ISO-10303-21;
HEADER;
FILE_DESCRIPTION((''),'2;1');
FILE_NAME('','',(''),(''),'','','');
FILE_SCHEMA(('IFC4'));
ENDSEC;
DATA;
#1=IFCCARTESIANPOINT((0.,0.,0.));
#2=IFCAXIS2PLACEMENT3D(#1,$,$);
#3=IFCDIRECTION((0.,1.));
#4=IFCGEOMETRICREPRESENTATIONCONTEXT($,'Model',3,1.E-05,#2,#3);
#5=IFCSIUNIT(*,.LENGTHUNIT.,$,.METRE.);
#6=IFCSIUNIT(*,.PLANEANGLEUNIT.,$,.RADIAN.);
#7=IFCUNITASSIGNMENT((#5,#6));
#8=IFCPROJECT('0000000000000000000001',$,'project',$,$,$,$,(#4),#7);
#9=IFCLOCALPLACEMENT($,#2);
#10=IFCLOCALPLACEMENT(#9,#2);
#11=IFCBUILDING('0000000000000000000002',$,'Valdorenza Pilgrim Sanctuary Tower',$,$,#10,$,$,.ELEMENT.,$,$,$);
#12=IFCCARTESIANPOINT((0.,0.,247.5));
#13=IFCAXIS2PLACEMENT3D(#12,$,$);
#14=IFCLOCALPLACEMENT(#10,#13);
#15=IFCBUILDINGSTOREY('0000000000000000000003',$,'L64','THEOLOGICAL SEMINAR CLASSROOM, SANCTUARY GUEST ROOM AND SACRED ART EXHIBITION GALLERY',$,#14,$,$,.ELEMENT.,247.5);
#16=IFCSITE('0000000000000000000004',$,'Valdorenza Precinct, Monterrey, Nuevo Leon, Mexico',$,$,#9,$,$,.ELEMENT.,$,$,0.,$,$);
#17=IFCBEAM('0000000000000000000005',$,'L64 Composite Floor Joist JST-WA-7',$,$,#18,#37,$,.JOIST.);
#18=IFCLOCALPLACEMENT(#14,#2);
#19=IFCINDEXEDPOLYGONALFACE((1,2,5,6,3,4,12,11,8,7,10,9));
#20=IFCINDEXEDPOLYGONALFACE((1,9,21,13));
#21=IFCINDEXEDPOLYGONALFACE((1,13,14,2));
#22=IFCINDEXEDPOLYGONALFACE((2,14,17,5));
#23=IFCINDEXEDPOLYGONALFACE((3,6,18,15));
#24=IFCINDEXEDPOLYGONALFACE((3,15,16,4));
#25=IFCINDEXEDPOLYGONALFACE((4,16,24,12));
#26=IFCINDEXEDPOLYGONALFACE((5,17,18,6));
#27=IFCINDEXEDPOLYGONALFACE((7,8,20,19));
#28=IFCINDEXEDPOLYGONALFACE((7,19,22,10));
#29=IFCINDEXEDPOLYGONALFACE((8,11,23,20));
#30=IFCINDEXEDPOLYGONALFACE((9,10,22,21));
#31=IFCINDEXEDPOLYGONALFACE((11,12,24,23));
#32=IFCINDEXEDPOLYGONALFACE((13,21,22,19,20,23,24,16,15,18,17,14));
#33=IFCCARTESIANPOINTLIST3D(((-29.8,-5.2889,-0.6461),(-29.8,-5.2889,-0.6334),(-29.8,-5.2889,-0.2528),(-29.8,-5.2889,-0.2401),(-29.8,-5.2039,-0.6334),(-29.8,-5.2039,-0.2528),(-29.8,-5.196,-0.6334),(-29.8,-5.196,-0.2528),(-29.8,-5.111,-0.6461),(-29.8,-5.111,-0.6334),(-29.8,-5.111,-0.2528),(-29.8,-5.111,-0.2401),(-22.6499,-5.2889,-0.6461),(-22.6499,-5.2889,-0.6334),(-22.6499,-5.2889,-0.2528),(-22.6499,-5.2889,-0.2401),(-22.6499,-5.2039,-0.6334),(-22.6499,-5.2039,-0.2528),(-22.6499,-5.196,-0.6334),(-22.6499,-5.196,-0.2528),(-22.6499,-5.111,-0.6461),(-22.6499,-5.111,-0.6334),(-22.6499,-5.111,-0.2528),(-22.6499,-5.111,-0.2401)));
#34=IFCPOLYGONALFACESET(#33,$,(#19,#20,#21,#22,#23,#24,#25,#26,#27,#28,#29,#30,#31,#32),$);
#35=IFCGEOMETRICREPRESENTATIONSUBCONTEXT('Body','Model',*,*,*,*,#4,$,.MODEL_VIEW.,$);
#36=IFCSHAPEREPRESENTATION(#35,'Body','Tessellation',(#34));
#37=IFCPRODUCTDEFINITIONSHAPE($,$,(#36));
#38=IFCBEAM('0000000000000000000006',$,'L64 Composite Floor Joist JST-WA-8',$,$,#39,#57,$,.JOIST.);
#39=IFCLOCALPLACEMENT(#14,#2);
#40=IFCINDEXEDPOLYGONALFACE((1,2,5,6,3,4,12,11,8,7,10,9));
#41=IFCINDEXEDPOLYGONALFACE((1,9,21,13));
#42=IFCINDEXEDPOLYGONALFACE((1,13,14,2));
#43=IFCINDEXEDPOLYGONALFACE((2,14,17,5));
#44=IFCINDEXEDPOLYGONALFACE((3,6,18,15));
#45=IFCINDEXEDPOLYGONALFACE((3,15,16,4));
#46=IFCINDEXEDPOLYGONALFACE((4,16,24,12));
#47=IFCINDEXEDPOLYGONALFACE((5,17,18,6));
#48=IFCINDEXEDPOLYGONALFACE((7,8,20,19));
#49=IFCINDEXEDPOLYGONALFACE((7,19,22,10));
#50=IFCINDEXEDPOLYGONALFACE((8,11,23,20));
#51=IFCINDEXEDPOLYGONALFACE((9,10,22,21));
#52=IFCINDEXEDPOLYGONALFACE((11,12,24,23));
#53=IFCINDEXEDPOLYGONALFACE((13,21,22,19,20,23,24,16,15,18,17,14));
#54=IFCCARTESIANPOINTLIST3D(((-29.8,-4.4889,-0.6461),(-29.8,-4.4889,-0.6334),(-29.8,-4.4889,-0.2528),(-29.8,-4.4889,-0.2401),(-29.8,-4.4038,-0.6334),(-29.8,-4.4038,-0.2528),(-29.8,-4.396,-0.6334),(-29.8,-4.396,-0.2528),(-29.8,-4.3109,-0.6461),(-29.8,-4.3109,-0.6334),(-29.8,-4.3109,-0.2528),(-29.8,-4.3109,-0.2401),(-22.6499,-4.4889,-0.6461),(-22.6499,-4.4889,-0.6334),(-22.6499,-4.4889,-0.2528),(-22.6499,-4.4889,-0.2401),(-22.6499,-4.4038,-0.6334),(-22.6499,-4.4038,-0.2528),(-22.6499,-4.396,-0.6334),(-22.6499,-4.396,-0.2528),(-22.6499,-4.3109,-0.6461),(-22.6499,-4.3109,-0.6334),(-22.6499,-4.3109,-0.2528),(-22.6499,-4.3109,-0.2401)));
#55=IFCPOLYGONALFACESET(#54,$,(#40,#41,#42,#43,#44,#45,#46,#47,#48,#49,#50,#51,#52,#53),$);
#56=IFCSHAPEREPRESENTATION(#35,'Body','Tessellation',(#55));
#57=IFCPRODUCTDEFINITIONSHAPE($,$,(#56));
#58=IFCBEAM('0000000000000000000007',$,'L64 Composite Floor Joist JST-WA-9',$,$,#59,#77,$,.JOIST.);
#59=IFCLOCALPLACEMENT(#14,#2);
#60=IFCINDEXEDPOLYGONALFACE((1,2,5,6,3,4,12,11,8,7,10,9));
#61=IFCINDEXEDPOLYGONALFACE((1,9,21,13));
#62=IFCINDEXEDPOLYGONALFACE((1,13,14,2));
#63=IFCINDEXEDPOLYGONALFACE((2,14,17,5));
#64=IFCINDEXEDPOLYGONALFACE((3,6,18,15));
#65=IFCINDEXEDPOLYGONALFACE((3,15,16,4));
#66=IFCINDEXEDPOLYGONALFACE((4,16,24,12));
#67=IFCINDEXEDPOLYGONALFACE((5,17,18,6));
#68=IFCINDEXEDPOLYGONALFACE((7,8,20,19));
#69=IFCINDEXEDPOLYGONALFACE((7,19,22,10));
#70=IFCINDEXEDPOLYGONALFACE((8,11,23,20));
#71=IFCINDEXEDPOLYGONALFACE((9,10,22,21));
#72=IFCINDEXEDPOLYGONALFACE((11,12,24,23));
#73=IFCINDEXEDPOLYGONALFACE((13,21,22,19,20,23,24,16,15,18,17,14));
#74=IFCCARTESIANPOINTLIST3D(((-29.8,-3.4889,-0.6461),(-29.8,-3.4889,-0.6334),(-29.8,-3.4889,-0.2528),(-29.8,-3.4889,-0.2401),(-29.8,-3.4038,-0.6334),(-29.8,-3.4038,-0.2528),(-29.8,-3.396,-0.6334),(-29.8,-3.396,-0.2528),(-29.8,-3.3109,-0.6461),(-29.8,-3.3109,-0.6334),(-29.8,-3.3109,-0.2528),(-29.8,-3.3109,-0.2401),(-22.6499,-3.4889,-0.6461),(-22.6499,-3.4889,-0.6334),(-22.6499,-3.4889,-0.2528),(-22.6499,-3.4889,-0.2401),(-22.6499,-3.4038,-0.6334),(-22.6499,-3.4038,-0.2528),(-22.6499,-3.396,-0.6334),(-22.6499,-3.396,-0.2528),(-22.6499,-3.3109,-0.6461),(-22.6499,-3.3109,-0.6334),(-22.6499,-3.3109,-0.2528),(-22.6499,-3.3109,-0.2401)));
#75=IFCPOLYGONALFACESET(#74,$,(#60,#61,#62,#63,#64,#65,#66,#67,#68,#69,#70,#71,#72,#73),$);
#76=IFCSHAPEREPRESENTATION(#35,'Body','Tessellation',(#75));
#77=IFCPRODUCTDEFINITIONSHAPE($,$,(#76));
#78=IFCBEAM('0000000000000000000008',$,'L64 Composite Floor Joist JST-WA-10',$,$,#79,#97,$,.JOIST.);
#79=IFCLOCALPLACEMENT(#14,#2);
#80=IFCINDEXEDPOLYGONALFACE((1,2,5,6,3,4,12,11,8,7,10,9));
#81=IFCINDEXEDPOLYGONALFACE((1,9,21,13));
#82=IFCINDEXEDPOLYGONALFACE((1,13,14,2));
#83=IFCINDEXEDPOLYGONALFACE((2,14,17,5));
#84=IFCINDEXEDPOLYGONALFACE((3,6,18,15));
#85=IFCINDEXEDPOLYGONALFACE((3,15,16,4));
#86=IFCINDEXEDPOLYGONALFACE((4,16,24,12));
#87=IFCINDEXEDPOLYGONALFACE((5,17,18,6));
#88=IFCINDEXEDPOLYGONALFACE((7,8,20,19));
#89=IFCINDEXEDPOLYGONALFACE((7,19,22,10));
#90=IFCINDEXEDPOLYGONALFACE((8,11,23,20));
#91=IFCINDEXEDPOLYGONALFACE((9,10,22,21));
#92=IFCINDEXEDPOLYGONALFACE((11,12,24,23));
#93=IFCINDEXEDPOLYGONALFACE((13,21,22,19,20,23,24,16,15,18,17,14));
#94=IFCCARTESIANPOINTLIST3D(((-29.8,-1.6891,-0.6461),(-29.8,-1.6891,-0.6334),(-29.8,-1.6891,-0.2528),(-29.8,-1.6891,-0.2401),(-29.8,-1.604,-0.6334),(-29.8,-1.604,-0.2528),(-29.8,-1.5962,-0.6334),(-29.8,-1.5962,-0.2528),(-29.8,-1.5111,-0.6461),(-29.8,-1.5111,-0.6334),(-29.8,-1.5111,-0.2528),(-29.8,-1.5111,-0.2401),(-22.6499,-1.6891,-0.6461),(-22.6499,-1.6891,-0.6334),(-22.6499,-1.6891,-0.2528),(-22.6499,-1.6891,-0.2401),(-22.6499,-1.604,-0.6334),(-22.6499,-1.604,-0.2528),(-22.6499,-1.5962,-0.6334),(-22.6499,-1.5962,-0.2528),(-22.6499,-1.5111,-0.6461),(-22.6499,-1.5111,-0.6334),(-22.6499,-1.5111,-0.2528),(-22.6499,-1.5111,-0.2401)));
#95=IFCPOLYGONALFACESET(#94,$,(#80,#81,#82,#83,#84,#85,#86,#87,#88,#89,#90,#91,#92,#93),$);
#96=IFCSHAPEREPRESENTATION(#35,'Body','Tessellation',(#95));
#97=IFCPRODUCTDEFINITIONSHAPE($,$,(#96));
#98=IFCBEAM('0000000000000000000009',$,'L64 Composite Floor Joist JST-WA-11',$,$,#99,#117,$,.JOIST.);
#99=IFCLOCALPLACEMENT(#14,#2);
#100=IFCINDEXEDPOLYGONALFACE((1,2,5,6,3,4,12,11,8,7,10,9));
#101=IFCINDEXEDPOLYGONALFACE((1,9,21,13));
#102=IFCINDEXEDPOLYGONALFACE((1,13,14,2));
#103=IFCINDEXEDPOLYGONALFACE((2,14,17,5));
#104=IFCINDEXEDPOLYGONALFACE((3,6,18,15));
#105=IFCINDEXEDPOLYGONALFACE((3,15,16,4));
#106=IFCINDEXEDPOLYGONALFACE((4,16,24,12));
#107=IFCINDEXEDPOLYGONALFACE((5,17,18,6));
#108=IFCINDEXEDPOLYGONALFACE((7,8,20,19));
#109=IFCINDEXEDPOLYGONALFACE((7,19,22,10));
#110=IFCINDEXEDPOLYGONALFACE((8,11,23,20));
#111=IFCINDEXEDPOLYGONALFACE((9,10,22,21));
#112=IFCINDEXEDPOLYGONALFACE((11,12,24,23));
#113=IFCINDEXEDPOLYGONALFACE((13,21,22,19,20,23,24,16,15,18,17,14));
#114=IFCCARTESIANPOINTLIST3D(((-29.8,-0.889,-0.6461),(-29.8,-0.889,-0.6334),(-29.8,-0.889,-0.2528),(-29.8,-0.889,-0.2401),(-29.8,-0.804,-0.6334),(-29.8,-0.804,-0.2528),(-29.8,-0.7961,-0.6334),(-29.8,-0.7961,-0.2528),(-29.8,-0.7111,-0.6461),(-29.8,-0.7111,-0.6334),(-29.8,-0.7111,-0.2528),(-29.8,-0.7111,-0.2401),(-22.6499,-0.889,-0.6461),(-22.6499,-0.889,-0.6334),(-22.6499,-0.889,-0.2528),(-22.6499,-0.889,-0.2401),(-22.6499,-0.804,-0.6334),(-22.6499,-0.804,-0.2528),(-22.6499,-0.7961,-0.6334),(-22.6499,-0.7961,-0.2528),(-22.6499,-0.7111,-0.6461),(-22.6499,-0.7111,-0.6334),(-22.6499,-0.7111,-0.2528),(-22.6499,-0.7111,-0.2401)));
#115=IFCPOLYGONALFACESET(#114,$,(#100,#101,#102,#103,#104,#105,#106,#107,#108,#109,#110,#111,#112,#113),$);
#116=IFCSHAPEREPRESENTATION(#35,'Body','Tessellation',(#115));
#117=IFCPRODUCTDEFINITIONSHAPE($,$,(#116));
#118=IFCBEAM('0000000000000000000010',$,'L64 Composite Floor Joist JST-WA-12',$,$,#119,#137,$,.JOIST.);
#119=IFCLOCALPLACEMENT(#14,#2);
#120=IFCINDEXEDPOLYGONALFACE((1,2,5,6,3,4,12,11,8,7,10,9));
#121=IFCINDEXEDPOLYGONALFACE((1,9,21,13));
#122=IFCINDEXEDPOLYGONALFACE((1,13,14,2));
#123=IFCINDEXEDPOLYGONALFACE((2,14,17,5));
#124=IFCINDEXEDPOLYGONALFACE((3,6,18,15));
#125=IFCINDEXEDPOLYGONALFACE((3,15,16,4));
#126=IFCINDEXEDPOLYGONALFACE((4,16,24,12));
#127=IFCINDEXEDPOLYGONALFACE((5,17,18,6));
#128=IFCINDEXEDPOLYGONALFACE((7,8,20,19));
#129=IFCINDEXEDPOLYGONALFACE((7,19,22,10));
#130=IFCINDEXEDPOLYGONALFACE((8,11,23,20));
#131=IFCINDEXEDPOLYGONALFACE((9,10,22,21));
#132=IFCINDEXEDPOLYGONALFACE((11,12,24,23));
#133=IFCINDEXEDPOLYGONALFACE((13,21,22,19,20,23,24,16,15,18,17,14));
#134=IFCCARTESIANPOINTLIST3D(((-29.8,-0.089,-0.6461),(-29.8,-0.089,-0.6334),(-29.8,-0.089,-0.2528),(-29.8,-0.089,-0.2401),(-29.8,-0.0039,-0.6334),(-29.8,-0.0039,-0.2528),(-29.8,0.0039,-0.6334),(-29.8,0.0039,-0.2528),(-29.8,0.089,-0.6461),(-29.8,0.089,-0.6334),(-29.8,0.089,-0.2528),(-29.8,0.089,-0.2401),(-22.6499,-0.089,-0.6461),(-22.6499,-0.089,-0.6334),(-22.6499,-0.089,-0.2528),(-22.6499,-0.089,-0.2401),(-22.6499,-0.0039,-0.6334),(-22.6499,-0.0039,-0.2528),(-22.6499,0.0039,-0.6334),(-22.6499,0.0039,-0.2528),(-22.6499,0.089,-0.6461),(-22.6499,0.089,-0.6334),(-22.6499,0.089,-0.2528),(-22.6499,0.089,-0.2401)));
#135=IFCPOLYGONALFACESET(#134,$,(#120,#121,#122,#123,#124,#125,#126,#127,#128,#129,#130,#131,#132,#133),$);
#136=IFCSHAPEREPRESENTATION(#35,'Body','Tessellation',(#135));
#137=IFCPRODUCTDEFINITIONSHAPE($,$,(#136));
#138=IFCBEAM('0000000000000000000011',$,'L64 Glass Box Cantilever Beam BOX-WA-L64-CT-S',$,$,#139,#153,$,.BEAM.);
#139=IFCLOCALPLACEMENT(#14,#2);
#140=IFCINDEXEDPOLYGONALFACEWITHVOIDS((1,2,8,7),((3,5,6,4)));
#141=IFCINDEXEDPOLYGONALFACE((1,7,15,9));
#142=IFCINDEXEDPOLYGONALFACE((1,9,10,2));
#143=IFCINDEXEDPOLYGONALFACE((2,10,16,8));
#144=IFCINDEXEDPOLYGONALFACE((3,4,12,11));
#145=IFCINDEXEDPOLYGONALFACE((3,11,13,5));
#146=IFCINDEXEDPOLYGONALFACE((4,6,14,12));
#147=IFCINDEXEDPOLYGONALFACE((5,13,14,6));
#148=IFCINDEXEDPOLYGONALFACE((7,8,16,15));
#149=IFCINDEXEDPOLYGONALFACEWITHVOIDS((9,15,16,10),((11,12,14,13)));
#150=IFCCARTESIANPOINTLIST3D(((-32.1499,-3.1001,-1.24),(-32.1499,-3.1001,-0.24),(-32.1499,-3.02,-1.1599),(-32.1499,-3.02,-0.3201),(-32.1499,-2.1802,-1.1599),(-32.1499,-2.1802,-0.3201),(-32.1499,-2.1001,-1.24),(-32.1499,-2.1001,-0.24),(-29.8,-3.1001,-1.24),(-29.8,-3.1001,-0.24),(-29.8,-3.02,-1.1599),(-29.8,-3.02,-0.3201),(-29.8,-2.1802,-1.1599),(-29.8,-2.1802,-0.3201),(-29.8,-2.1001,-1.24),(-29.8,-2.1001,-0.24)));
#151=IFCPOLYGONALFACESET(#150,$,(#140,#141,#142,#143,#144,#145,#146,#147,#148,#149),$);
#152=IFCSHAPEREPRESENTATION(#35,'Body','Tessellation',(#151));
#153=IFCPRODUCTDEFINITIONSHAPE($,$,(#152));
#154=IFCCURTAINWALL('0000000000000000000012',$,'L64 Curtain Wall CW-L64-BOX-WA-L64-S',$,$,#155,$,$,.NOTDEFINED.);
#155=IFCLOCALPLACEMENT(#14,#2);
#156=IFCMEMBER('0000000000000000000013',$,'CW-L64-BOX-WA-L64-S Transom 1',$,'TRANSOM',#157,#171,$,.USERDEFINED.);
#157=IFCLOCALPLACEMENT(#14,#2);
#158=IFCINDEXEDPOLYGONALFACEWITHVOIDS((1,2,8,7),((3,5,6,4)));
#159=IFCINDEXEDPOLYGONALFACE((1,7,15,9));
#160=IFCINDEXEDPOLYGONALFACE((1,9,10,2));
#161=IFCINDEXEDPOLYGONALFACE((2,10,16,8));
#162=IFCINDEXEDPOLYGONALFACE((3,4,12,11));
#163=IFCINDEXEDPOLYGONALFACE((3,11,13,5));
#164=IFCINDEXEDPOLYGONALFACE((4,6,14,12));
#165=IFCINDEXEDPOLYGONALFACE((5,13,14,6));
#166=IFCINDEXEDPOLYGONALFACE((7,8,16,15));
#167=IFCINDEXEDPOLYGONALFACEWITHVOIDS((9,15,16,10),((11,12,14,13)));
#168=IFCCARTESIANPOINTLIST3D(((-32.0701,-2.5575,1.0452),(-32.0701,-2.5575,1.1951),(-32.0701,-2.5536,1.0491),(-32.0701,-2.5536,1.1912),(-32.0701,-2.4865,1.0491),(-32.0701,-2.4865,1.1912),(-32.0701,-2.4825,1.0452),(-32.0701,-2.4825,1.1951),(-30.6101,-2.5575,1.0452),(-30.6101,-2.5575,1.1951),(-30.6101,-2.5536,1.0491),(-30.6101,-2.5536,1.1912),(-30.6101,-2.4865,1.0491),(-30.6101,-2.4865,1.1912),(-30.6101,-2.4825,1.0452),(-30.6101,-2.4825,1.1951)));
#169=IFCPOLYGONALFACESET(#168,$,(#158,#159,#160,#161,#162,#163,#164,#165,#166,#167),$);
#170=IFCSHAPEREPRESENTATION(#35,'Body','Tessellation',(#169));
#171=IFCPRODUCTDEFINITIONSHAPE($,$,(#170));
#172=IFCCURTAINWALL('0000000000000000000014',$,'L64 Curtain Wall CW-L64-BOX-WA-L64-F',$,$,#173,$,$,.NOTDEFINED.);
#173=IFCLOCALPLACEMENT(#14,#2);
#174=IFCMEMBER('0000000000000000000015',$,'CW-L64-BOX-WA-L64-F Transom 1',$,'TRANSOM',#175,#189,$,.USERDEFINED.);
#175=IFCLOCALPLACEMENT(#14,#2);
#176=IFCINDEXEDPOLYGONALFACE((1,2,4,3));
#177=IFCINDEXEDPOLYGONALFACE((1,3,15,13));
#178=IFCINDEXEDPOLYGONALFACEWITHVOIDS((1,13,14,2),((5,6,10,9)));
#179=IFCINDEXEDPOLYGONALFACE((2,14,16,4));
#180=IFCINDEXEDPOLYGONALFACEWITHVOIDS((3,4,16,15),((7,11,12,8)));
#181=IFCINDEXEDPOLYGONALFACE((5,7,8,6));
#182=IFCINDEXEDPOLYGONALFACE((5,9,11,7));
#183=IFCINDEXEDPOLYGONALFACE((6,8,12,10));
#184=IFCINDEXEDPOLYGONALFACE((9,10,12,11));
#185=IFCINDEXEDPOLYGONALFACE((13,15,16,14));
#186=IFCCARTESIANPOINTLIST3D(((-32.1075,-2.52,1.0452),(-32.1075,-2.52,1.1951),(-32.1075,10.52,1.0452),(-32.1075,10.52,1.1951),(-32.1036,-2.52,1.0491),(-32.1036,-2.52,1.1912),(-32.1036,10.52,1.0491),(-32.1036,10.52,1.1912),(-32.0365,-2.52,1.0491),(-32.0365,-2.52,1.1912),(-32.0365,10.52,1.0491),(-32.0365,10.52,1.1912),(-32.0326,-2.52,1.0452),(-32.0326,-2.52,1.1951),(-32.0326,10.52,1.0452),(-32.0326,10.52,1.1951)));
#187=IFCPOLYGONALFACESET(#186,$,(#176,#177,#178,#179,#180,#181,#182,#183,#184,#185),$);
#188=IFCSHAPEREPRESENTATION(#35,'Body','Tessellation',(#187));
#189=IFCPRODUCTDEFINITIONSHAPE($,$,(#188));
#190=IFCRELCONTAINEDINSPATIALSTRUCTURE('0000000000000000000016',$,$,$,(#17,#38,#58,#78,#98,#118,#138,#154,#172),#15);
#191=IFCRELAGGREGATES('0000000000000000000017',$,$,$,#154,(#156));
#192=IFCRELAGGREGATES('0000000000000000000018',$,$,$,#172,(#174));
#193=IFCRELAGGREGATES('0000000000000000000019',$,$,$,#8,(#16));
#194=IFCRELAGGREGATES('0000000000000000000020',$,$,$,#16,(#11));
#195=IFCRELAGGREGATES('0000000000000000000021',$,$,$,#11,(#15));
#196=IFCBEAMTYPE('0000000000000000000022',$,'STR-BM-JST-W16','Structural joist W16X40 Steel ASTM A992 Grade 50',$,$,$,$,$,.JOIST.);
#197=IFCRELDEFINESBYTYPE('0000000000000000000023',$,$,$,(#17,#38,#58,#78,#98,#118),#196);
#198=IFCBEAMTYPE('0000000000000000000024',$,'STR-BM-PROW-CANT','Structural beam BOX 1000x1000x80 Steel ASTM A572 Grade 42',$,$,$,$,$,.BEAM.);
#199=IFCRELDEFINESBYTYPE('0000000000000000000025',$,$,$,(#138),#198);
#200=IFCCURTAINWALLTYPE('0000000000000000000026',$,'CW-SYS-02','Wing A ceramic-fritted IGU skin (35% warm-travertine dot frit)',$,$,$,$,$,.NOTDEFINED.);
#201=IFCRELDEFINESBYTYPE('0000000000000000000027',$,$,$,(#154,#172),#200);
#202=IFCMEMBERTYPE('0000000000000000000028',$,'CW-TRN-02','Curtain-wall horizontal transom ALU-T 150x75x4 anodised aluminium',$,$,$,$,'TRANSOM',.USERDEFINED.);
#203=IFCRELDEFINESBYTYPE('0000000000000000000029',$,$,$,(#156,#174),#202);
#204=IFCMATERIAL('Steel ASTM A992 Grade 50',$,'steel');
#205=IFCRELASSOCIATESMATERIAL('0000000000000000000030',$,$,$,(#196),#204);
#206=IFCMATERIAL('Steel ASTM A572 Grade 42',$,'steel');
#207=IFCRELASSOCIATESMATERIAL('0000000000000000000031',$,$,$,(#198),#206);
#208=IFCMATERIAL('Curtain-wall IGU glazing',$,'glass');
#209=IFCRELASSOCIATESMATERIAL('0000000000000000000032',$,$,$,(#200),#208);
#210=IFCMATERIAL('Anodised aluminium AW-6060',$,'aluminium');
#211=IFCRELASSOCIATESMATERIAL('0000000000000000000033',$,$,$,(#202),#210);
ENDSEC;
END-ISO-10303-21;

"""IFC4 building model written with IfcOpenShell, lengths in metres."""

from ifc_helpers import new_model, si_unit, direction, frame, origin, origin_2d, place, context, subcontext, project, spatial, hollow_rectangle, i_section, extrude, source, transform, mapped, material, material_profile, profile_set, type_object, element, aggregate, save


model = new_model("IFC4")

# Units and contexts
model_context = context("Model", 3, precision=1e-05, world=origin(), true_north=direction((0.0, 1.0)))
body_context = subcontext(model_context, "Body", "Model", "MODEL_VIEW")
ifc_project = project(units=[si_unit("LENGTHUNIT", "METRE"), si_unit("PLANEANGLEUNIT", "RADIAN")], contexts=[model_context])

# Site, building, storey
site_placement = place(None, origin())
site = spatial("IfcSite", under=ifc_project, at=site_placement, Name="Valdorenza Precinct, Monterrey, Nuevo Leon, Mexico", CompositionType="ELEMENT", RefElevation=0.0)
building_placement = place(site_placement, origin())
building = spatial("IfcBuilding", under=site, at=building_placement, Name="Valdorenza Pilgrim Sanctuary Tower", CompositionType="ELEMENT")
storey_placement = place(building_placement, frame((0.0, 0.0, 247.5)))
storey = spatial("IfcBuildingStorey", under=building, at=storey_placement, Name="L64", Description="THEOLOGICAL SEMINAR CLASSROOM, SANCTUARY GUEST ROOM AND SACRED ART EXHIBITION GALLERY", CompositionType="ELEMENT", Elevation=247.5)

# Beams
ifc_material_1 = material(Name="Steel ASTM A992 Grade 50", Category="steel")
ifc_material_profile_1 = material_profile(ifc_material_1, i_section(OverallWidth=0.178, OverallDepth=0.406, WebThickness=0.0078, FlangeThickness=0.0127, at=origin_2d()), Name="W16X40")
ifc_profile_set_1 = profile_set([ifc_material_profile_1], Name="Steel ASTM A992 Grade 50")
beam_type_1 = type_object("IfcBeamType", Name="STR-BM-JST-W16", Description="Structural joist W16X40 Steel ASTM A992 Grade 50", PredefinedType="JOIST", material=ifc_profile_set_1)
shared_shape_1 = source(origin(), body_context, "Body", "SweptSolid", [
    extrude(i_section(OverallWidth=0.178, OverallDepth=0.406, WebThickness=0.0078, FlangeThickness=0.0127, at=origin_2d()), origin(), (0.0, 0.0, 1.0), 7.1501),
])
for number, where, z_axis, x_axis, name in (
    (1, (-29.8, -5.2, -0.4431), (1.0, 0.0, 0.0), (0.0, 1.0, 0.0), "L64 Composite Floor Joist JST-WA-7"),
    (2, (-29.8, -4.3999, -0.4431), (1.0, 0.0, 0.0), (0.0, 1.0, 0.0), "L64 Composite Floor Joist JST-WA-8"),
    (3, (-29.8, -3.3999, -0.4431), (1.0, 0.0, 0.0), (0.0, 1.0, 0.0), "L64 Composite Floor Joist JST-WA-9"),
    (4, (-29.8, -1.6001, -0.4431), (1.0, 0.0, 0.0), (0.0, 1.0, 0.0), "L64 Composite Floor Joist JST-WA-10"),
    (5, (-29.8, -0.8, -0.4431), (1.0, 0.0, 0.0), (0.0, 1.0, 0.0), "L64 Composite Floor Joist JST-WA-11"),
    (6, (-29.8, 0.0, -0.4431), (1.0, 0.0, 0.0), (0.0, 1.0, 0.0), "L64 Composite Floor Joist JST-WA-12"),
):
    element("IfcBeam", number, at=place(storey_placement, frame(where, z_axis=z_axis, x_axis=x_axis)), inside=storey, type_object=beam_type_1, Name=name, PredefinedType="JOIST", context=body_context, shape_type="MappedRepresentation", body=[
        mapped(shared_shape_1, transform((0.0, 0.0, 0.0), x_axis=(1.0, 0.0, 0.0), y_axis=(0.0, 1.0, 0.0), z_axis=(0.0, 0.0, 1.0), scale=1.0)),
    ])
ifc_material_2 = material(Name="Steel ASTM A572 Grade 42", Category="steel")
ifc_material_profile_2 = material_profile(ifc_material_2, hollow_rectangle(XDim=1.0, YDim=1.0, WallThickness=0.0801, at=origin_2d()), Name="BOX 1000x1000x80")
ifc_profile_set_2 = profile_set([ifc_material_profile_2], Name="Steel ASTM A572 Grade 42")
beam_type_2 = type_object("IfcBeamType", Name="STR-BM-PROW-CANT", Description="Structural beam BOX 1000x1000x80 Steel ASTM A572 Grade 42", PredefinedType="BEAM", material=ifc_profile_set_2)
shared_shape_2 = source(origin(), body_context, "Body", "SweptSolid", [
    extrude(hollow_rectangle(XDim=1.0, YDim=1.0, WallThickness=0.0801, at=origin_2d()), origin(), (0.0, 0.0, 1.0), 2.3499),
])
beam_1_placement = place(storey_placement, frame((-29.8, -2.6001, -0.74), z_axis=(-1.0, 0.0, 0.0), x_axis=(0.0, -1.0, 0.0)))
element("IfcBeam", 7, at=beam_1_placement, inside=storey, type_object=beam_type_2, Name="L64 Glass Box Cantilever Beam BOX-WA-L64-CT-S", PredefinedType="BEAM", context=body_context, shape_type="MappedRepresentation", body=[
    mapped(shared_shape_2, transform((0.0, 0.0, 0.0), x_axis=(1.0, 0.0, 0.0), y_axis=(0.0, 1.0, 0.0), z_axis=(0.0, 0.0, 1.0), scale=1.0)),
])

# Curtain walls, members
ifc_material_3 = material(Name="Curtain-wall IGU glazing", Category="glass")
curtain_wall_type = type_object("IfcCurtainWallType", Name="CW-SYS-02", Description="Wing A ceramic-fritted IGU skin (35% warm-travertine dot frit)", PredefinedType="NOTDEFINED", material=ifc_material_3)
curtain_wall_1_placement = place(storey_placement, origin())
curtain_wall_1 = element("IfcCurtainWall", 8, at=curtain_wall_1_placement, inside=storey, type_object=curtain_wall_type, Name="L64 Curtain Wall CW-L64-BOX-WA-L64-S", PredefinedType="NOTDEFINED")
ifc_material_4 = material(Name="Anodised aluminium AW-6060", Category="aluminium")
ifc_material_profile_3 = material_profile(ifc_material_4, hollow_rectangle(XDim=0.075, YDim=0.1499, WallThickness=0.0039, at=origin_2d()), Name="ALU-T 150x75x4")
ifc_profile_set_3 = profile_set([ifc_material_profile_3], Name="Anodised aluminium AW-6060")
member_type_1 = type_object("IfcMemberType", Name="CW-TRN-02", Description="Curtain-wall horizontal transom ALU-T 150x75x4 anodised aluminium", ElementType="TRANSOM", PredefinedType="USERDEFINED", material=ifc_profile_set_3)
shared_shape_3 = source(origin(), body_context, "Body", "SweptSolid", [
    extrude(hollow_rectangle(XDim=0.075, YDim=0.1499, WallThickness=0.0039, at=origin_2d()), origin(), (0.0, 0.0, 1.0), 1.46),
])
member_1_placement = place(storey_placement, frame((-30.6101, -2.52, 1.1201), z_axis=(-1.0, 0.0, 0.0), x_axis=(0.0, -1.0, 0.0)))
member_1 = element("IfcMember", 9, at=member_1_placement, type_object=member_type_1, Name="CW-L64-BOX-WA-L64-S Transom 1", ObjectType="TRANSOM", PredefinedType="USERDEFINED", context=body_context, shape_type="MappedRepresentation", body=[
    mapped(shared_shape_3, transform((0.0, 0.0, 0.0), x_axis=(1.0, 0.0, 0.0), y_axis=(0.0, 1.0, 0.0), z_axis=(0.0, 0.0, 1.0), scale=1.0)),
])
curtain_wall_2_placement = place(storey_placement, origin())
curtain_wall_2 = element("IfcCurtainWall", 10, at=curtain_wall_2_placement, inside=storey, type_object=curtain_wall_type, Name="L64 Curtain Wall CW-L64-BOX-WA-L64-F", PredefinedType="NOTDEFINED")
shared_shape_4 = source(origin(), body_context, "Body", "SweptSolid", [
    extrude(hollow_rectangle(XDim=0.075, YDim=0.1499, WallThickness=0.0039, at=origin_2d()), origin(), (0.0, 0.0, 1.0), 13.04),
])
member_2_placement = place(storey_placement, frame((-32.0701, -2.52, 1.1201), z_axis=(0.0, 1.0, 0.0), x_axis=(-1.0, 0.0, 0.0)))
member_2 = element("IfcMember", 11, at=member_2_placement, type_object=member_type_1, Name="CW-L64-BOX-WA-L64-F Transom 1", ObjectType="TRANSOM", PredefinedType="USERDEFINED", context=body_context, shape_type="MappedRepresentation", body=[
    mapped(shared_shape_4, transform((0.0, 0.0, 0.0), x_axis=(1.0, 0.0, 0.0), y_axis=(0.0, 1.0, 0.0), z_axis=(0.0, 0.0, 1.0), scale=1.0)),
])

aggregate(curtain_wall_1, [member_1])
aggregate(curtain_wall_2, [member_2])

save(model, "model.ifc")
